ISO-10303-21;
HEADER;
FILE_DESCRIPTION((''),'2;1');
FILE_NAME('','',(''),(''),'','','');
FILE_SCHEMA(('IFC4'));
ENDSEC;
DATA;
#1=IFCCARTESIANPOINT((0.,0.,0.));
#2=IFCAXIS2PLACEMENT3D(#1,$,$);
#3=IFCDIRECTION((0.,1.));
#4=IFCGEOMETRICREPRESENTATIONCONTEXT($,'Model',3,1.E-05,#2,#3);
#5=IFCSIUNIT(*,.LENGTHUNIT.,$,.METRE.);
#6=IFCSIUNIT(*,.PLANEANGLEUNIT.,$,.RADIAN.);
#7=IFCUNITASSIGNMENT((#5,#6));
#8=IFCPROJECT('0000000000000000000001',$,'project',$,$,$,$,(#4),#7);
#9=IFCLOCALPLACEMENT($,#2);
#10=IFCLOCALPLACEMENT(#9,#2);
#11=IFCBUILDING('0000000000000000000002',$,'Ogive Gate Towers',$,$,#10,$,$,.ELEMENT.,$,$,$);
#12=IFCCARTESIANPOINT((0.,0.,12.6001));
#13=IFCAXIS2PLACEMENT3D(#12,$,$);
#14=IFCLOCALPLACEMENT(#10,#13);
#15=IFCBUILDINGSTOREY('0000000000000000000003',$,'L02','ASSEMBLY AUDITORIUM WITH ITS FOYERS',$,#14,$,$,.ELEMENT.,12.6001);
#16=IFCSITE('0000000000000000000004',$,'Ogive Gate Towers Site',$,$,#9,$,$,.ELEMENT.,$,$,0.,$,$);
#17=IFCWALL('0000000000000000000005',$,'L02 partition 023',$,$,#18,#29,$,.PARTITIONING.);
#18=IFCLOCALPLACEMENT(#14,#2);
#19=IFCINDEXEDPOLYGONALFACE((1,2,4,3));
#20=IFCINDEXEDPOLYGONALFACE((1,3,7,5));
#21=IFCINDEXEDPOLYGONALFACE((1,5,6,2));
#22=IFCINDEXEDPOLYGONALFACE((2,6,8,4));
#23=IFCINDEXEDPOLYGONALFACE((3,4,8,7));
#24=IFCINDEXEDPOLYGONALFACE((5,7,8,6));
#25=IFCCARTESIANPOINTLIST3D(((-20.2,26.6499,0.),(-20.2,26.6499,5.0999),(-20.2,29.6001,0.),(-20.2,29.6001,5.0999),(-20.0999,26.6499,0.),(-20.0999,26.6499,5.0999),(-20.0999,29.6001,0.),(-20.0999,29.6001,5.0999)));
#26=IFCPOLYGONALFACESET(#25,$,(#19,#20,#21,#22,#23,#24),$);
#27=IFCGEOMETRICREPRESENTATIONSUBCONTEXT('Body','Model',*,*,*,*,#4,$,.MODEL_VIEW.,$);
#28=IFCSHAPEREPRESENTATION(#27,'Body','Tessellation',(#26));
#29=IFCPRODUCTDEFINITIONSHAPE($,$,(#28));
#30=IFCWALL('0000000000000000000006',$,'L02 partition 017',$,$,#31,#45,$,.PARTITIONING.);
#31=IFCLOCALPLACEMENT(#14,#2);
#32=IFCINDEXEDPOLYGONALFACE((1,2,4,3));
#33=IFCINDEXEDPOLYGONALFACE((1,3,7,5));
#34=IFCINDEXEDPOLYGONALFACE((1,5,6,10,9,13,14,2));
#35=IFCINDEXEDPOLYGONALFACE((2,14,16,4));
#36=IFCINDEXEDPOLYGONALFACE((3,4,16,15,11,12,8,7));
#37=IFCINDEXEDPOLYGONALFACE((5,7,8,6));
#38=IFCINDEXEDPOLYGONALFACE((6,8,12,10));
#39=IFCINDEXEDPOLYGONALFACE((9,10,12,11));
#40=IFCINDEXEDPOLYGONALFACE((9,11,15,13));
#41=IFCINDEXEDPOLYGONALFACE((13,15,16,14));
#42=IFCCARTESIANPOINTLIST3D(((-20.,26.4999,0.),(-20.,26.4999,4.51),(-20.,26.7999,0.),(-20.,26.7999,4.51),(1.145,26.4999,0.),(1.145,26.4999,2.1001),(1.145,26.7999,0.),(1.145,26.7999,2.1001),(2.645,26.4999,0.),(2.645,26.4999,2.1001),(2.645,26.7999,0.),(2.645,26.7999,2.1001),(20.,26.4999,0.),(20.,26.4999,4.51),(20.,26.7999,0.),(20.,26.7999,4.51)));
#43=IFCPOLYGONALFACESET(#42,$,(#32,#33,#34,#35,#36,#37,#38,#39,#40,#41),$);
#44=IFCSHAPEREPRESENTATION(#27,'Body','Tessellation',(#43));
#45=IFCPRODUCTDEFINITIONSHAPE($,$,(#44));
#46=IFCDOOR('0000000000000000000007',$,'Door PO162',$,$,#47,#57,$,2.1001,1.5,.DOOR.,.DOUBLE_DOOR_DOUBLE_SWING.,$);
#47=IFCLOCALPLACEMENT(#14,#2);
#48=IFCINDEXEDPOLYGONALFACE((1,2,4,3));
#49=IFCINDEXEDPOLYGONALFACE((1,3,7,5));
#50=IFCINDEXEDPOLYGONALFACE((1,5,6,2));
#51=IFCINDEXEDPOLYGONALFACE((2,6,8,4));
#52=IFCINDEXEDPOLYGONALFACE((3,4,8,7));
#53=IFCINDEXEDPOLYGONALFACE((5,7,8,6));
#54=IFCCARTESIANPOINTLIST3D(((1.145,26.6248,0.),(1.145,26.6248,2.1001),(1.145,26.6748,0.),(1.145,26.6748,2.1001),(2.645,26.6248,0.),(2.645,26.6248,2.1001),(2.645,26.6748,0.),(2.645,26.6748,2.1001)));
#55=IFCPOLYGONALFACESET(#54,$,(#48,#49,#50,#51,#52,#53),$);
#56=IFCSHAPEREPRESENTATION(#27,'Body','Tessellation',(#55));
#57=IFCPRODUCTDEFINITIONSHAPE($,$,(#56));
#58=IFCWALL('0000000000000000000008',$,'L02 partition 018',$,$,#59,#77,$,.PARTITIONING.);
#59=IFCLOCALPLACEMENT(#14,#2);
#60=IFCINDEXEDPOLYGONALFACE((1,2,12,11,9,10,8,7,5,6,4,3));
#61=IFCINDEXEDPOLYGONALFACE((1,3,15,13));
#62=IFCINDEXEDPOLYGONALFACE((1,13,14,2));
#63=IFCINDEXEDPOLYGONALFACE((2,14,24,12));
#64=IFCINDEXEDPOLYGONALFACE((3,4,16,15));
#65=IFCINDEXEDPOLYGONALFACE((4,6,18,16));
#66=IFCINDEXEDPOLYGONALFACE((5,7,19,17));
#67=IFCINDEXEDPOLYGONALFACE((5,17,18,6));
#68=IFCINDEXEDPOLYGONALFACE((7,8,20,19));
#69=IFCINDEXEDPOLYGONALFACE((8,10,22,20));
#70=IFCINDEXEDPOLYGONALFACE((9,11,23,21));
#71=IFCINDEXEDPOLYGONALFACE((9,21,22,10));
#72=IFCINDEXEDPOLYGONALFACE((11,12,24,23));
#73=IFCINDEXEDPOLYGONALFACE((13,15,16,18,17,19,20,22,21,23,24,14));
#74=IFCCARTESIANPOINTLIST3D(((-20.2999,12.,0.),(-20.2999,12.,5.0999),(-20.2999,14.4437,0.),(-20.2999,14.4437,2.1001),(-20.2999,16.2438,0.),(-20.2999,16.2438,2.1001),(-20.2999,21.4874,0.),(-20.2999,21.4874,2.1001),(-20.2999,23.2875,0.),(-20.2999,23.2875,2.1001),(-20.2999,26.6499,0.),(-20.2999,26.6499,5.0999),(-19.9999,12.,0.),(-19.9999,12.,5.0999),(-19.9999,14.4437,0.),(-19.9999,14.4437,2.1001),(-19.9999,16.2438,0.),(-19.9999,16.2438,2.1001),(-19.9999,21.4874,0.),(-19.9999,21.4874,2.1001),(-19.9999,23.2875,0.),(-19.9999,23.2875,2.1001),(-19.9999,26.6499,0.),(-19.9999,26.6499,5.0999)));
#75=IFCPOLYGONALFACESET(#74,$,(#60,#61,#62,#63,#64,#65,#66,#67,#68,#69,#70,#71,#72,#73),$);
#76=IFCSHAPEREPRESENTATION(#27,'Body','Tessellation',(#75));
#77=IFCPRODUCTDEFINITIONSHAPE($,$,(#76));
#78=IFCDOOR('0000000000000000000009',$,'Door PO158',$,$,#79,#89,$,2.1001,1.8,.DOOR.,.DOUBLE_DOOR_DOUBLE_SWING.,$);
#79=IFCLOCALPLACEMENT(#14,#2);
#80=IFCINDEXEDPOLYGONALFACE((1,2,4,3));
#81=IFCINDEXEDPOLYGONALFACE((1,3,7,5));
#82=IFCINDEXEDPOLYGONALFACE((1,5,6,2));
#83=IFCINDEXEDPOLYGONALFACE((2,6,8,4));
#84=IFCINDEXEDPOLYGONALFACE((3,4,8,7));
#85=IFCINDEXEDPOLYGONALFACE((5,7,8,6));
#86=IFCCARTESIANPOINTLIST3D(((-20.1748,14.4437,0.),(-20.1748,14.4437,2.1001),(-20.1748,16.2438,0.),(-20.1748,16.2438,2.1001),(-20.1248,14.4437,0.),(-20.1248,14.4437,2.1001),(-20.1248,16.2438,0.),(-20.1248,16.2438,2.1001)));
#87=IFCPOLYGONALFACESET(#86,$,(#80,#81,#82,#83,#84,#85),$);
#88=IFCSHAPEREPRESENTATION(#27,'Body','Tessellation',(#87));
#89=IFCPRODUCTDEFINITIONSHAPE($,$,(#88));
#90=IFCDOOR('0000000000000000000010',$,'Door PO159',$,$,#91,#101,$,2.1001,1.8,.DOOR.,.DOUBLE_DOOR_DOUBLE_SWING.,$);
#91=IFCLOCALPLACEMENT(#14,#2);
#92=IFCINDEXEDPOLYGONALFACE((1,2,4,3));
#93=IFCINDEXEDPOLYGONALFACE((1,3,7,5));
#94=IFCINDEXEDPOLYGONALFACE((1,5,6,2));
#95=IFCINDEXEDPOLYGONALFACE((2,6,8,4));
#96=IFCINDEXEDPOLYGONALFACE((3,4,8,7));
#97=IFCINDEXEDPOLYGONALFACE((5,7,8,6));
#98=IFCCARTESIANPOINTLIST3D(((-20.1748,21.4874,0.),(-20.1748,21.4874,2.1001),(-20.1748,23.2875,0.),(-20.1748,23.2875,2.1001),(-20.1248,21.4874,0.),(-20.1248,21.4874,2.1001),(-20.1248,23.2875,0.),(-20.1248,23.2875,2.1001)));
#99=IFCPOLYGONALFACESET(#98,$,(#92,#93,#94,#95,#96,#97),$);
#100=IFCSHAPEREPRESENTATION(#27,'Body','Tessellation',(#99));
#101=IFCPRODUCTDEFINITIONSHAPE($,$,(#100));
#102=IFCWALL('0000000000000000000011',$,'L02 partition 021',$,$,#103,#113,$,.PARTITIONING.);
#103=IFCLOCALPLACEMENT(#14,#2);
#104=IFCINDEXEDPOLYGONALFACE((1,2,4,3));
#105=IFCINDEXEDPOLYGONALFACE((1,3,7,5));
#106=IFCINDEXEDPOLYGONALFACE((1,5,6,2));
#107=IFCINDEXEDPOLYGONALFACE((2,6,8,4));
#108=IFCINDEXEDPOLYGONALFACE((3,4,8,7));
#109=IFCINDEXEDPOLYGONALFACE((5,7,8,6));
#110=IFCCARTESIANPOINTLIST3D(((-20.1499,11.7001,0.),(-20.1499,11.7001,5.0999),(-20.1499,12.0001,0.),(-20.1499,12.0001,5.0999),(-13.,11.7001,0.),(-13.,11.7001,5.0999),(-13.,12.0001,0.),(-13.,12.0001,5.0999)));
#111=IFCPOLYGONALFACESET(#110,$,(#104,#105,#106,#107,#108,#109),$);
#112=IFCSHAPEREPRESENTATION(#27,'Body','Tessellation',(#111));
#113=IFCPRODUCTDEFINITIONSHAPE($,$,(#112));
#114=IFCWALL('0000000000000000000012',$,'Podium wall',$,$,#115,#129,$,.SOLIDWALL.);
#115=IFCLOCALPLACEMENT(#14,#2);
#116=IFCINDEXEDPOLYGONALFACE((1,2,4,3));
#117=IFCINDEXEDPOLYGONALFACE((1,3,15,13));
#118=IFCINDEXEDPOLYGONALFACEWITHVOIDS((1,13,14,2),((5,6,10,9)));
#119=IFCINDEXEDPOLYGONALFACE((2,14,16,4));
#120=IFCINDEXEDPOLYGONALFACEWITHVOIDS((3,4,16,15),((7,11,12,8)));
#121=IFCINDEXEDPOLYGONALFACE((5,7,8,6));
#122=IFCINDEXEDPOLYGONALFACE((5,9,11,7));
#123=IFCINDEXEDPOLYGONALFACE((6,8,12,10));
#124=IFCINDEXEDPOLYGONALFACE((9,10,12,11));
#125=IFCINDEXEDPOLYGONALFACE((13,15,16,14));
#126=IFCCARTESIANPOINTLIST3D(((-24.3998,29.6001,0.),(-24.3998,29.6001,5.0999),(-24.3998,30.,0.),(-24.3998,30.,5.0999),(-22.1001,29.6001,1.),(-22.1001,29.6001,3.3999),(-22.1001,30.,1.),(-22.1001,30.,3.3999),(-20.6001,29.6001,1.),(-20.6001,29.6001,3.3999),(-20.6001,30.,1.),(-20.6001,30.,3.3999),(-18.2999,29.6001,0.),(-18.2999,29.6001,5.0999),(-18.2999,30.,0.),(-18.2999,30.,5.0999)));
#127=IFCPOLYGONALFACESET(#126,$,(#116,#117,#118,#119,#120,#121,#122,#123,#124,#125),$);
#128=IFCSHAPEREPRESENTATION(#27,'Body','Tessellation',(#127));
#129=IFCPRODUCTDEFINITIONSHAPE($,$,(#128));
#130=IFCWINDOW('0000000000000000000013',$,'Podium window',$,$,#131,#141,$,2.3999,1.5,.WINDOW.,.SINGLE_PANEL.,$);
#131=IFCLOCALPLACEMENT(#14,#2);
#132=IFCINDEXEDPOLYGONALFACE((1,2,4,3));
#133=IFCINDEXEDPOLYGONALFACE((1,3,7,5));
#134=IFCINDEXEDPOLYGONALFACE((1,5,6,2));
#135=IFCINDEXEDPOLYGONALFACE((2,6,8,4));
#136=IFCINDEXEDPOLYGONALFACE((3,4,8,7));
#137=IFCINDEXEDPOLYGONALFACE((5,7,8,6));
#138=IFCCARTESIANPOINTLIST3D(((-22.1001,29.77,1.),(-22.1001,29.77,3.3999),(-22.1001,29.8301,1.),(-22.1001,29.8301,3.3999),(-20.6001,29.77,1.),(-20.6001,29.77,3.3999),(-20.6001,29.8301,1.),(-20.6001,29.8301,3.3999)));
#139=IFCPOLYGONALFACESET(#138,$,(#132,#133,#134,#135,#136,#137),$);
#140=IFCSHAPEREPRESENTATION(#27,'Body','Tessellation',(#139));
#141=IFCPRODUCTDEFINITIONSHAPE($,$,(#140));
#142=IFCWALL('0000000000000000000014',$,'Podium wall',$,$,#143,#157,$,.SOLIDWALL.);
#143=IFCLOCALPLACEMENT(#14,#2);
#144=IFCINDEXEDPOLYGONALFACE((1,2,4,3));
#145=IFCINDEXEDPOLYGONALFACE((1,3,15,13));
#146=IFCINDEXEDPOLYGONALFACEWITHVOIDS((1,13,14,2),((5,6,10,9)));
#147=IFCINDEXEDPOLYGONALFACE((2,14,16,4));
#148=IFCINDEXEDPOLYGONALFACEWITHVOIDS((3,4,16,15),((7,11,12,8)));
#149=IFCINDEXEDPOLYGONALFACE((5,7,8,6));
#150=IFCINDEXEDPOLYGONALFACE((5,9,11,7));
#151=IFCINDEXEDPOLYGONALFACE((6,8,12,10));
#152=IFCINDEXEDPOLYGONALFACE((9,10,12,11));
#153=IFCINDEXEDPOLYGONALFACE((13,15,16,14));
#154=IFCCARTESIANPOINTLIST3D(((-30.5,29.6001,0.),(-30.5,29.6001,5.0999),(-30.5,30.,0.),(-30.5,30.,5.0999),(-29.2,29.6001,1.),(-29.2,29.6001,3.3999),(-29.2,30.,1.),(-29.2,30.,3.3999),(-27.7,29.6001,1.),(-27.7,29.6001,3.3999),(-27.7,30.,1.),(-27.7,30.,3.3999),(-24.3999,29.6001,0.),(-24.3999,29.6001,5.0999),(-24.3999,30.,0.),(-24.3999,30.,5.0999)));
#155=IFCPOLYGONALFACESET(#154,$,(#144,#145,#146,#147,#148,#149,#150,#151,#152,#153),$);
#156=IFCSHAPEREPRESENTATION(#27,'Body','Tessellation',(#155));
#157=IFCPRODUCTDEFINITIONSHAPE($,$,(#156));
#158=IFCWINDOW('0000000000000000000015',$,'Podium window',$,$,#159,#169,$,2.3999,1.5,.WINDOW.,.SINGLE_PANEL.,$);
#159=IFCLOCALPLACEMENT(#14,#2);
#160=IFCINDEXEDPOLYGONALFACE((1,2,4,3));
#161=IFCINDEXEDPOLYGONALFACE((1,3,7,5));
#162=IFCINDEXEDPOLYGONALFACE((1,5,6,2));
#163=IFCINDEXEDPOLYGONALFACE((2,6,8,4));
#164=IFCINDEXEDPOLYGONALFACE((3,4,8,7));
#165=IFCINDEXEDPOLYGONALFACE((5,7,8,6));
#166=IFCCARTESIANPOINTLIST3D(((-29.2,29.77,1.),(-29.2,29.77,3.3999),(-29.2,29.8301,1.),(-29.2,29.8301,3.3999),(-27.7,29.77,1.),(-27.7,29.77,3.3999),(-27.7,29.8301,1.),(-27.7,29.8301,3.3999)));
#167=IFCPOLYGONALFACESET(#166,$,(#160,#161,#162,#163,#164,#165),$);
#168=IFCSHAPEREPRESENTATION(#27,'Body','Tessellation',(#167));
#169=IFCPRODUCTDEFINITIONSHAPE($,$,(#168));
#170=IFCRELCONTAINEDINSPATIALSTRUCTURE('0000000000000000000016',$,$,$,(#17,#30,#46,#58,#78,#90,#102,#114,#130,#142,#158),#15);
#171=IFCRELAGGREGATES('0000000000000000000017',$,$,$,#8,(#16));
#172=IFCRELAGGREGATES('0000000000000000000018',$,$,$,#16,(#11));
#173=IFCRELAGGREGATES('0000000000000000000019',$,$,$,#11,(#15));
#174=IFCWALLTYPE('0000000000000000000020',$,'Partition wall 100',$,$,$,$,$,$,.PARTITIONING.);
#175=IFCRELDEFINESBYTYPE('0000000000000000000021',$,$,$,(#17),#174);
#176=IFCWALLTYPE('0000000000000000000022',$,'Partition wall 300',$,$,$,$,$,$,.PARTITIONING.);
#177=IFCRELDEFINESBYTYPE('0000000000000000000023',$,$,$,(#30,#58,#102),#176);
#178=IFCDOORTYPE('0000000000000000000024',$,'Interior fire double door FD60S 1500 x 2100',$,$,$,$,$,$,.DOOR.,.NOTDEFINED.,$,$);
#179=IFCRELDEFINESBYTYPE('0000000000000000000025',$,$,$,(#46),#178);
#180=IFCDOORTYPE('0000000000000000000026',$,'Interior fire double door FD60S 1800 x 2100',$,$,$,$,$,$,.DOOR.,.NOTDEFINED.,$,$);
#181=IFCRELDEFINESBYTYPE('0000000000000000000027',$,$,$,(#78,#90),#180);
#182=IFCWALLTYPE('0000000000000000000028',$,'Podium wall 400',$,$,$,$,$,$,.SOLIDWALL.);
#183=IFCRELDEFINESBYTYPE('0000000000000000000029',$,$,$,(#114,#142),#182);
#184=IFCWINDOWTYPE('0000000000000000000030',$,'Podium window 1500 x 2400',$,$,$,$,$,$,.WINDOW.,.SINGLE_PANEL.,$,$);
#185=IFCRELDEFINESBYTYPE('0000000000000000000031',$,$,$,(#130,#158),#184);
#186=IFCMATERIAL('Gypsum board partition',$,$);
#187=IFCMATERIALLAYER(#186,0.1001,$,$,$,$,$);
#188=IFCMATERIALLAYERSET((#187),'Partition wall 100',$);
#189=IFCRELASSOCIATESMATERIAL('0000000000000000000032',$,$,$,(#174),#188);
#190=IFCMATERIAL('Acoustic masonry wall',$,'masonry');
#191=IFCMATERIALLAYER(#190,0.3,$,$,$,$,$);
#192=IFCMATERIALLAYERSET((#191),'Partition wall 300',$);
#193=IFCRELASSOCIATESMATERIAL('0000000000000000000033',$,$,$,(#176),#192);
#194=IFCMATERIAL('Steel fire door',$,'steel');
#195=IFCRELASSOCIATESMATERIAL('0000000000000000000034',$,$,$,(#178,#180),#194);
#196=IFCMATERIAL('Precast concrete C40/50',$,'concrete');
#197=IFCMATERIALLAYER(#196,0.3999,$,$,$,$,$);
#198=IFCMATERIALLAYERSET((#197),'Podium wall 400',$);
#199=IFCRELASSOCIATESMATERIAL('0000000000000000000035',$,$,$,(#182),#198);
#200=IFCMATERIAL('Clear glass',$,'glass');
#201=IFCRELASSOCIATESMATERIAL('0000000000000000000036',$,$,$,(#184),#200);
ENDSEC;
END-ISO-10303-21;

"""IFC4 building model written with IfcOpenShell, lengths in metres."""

from ifc_helpers import new_model, si_unit, direction, frame, frame_2d, origin, place, context, subcontext, project, spatial, rectangle, extrude, material, layer, layer_set, type_object, element, fill, save


model = new_model("IFC4")

# Units and contexts
model_context = context("Model", 3, precision=1e-05, world=origin(), true_north=direction((0.0, 1.0)))
body_context = subcontext(model_context, "Body", "Model", "MODEL_VIEW")
ifc_project = project(units=[si_unit("LENGTHUNIT", "METRE"), si_unit("PLANEANGLEUNIT", "RADIAN")], contexts=[model_context])

# Site, building, storey
site_placement = place(None, origin())
site = spatial("IfcSite", under=ifc_project, at=site_placement, Name="Ogive Gate Towers Site", CompositionType="ELEMENT", RefElevation=0.0)
building_placement = place(site_placement, origin())
building = spatial("IfcBuilding", under=site, at=building_placement, Name="Ogive Gate Towers", CompositionType="ELEMENT")
storey_placement = place(building_placement, frame((0.0, 0.0, 12.6001)))
storey = spatial("IfcBuildingStorey", under=building, at=storey_placement, Name="L02", Description="ASSEMBLY AUDITORIUM WITH ITS FOYERS", CompositionType="ELEMENT", Elevation=12.6001)

# Wall
ifc_material_1 = material(Name="Gypsum board partition")
ifc_layer_1 = layer(ifc_material_1, 0.1001)
ifc_layer_set_1 = layer_set([ifc_layer_1], Name="Partition wall 100")
wall_type_1 = type_object("IfcWallType", Name="Partition wall 100", PredefinedType="PARTITIONING", material=ifc_layer_set_1)
wall_1_placement = place(storey_placement, frame((-20.1499, 26.6499, 0.0), z_axis=(0.0, 0.0, 1.0), x_axis=(0.0, 1.0, 0.0)))
element("IfcWall", 1, at=wall_1_placement, inside=storey, type_object=wall_type_1, Name="L02 partition 023", PredefinedType="PARTITIONING", context=body_context, shape_type="SweptSolid", body=[
    extrude(rectangle(XDim=2.9502, YDim=0.1001, at=frame_2d((1.4751, 0.0))), origin(), (0.0, 0.0, 1.0), 5.0999),
])

# Wall, opening, door
ifc_material_2 = material(Name="Acoustic masonry wall", Category="masonry")
ifc_layer_2 = layer(ifc_material_2, 0.3)
ifc_layer_set_2 = layer_set([ifc_layer_2], Name="Partition wall 300")
wall_type_2 = type_object("IfcWallType", Name="Partition wall 300", PredefinedType="PARTITIONING", material=ifc_layer_set_2)
wall_2_placement = place(storey_placement, frame((-20.0, 26.6499, 0.0), z_axis=(0.0, 0.0, 1.0), x_axis=(1.0, 0.0, 0.0)))
wall_2 = element("IfcWall", 2, at=wall_2_placement, inside=storey, type_object=wall_type_2, Name="L02 partition 017", PredefinedType="PARTITIONING", context=body_context, shape_type="SweptSolid", body=[
    extrude(rectangle(XDim=40.0, YDim=0.3, at=frame_2d((20.0, 0.0))), origin(), (0.0, 0.0, 1.0), 4.51),
])
opening_1_placement = place(wall_2_placement, frame((21.145, 0.0, 0.0)))
opening_1 = element("IfcOpeningElement", 3, at=opening_1_placement, cuts=wall_2, PredefinedType="OPENING", context=body_context, shape_type="SweptSolid", body=[
    extrude(rectangle(XDim=1.5, YDim=2.1001, at=frame_2d((0.75, 1.05))), frame((0.0, 0.1602, 0.0), z_axis=(0.0, -1.0, 0.0), x_axis=(1.0, 0.0, 0.0)), (0.0, 0.0, 1.0), 0.3201),
])
ifc_material_3 = material(Name="Steel fire door", Category="steel")
door_type_1 = type_object("IfcDoorType", Name="Interior fire double door FD60S 1500 x 2100", OperationType="NOTDEFINED", PredefinedType="DOOR", material=ifc_material_3)
door_1_placement = place(opening_1_placement, origin())
door_1 = element("IfcDoor", 4, at=door_1_placement, inside=storey, type_object=door_type_1, Name="Door PO162", OperationType="DOUBLE_DOOR_DOUBLE_SWING", OverallHeight=2.1001, OverallWidth=1.5, PredefinedType="DOOR", context=body_context, shape_type="SweptSolid", body=[
    extrude(rectangle(XDim=1.5, YDim=2.1001, at=frame_2d((0.75, 1.05))), frame((0.0, 0.0249, 0.0), z_axis=(0.0, -1.0, 0.0), x_axis=(1.0, 0.0, 0.0)), (0.0, 0.0, 1.0), 0.05),
])
fill(opening_1, door_1)

# Wall, openings, doors
wall_3_placement = place(storey_placement, frame((-20.1499, 12.0, 0.0), z_axis=(0.0, 0.0, 1.0), x_axis=(0.0, 1.0, 0.0)))
wall_3 = element("IfcWall", 5, at=wall_3_placement, inside=storey, type_object=wall_type_2, Name="L02 partition 018", PredefinedType="PARTITIONING", context=body_context, shape_type="SweptSolid", body=[
    extrude(rectangle(XDim=14.6499, YDim=0.3, at=frame_2d((7.325, 0.0))), origin(), (0.0, 0.0, 1.0), 5.0999),
])
opening_2_placement = place(wall_3_placement, frame((2.4438, 0.0, 0.0)))
opening_2 = element("IfcOpeningElement", 6, at=opening_2_placement, cuts=wall_3, PredefinedType="OPENING", context=body_context, shape_type="SweptSolid", body=[
    extrude(rectangle(XDim=1.8, YDim=2.1001, at=frame_2d((0.8999, 1.05))), frame((0.0, 0.1602, 0.0), z_axis=(0.0, -1.0, 0.0), x_axis=(1.0, 0.0, 0.0)), (0.0, 0.0, 1.0), 0.3201),
])
opening_3_placement = place(wall_3_placement, frame((9.4875, 0.0, 0.0)))
opening_3 = element("IfcOpeningElement", 7, at=opening_3_placement, cuts=wall_3, PredefinedType="OPENING", context=body_context, shape_type="SweptSolid", body=[
    extrude(rectangle(XDim=1.8, YDim=2.1001, at=frame_2d((0.8999, 1.05))), frame((0.0, 0.1602, 0.0), z_axis=(0.0, -1.0, 0.0), x_axis=(1.0, 0.0, 0.0)), (0.0, 0.0, 1.0), 0.3201),
])
door_type_2 = type_object("IfcDoorType", Name="Interior fire double door FD60S 1800 x 2100", OperationType="NOTDEFINED", PredefinedType="DOOR", material=ifc_material_3)
door_2_placement = place(opening_2_placement, origin())
door_2 = element("IfcDoor", 8, at=door_2_placement, inside=storey, type_object=door_type_2, Name="Door PO158", OperationType="DOUBLE_DOOR_DOUBLE_SWING", OverallHeight=2.1001, OverallWidth=1.8, PredefinedType="DOOR", context=body_context, shape_type="SweptSolid", body=[
    extrude(rectangle(XDim=1.8, YDim=2.1001, at=frame_2d((0.8999, 1.05))), frame((0.0, 0.0249, 0.0), z_axis=(0.0, -1.0, 0.0), x_axis=(1.0, 0.0, 0.0)), (0.0, 0.0, 1.0), 0.05),
])
fill(opening_2, door_2)
door_3_placement = place(opening_3_placement, origin())
door_3 = element("IfcDoor", 9, at=door_3_placement, inside=storey, type_object=door_type_2, Name="Door PO159", OperationType="DOUBLE_DOOR_DOUBLE_SWING", OverallHeight=2.1001, OverallWidth=1.8, PredefinedType="DOOR", context=body_context, shape_type="SweptSolid", body=[
    extrude(rectangle(XDim=1.8, YDim=2.1001, at=frame_2d((0.8999, 1.05))), frame((0.0, 0.0249, 0.0), z_axis=(0.0, -1.0, 0.0), x_axis=(1.0, 0.0, 0.0)), (0.0, 0.0, 1.0), 0.05),
])
fill(opening_3, door_3)

# Wall
wall_4_placement = place(storey_placement, frame((-20.1499, 11.8501, 0.0), z_axis=(0.0, 0.0, 1.0), x_axis=(1.0, 0.0, 0.0)))
element("IfcWall", 10, at=wall_4_placement, inside=storey, type_object=wall_type_2, Name="L02 partition 021", PredefinedType="PARTITIONING", context=body_context, shape_type="SweptSolid", body=[
    extrude(rectangle(XDim=7.1499, YDim=0.3, at=frame_2d((3.575, 0.0))), origin(), (0.0, 0.0, 1.0), 5.0999),
])

# Walls, openings, windows
ifc_material_4 = material(Name="Precast concrete C40/50", Category="concrete")
ifc_layer_3 = layer(ifc_material_4, 0.3999)
ifc_layer_set_3 = layer_set([ifc_layer_3], Name="Podium wall 400")
wall_type_3 = type_object("IfcWallType", Name="Podium wall 400", PredefinedType="SOLIDWALL", material=ifc_layer_set_3)
wall_5_placement = place(storey_placement, frame((-18.3, 29.8, 0.0), z_axis=(0.0, 0.0, 1.0), x_axis=(-1.0, 0.0, 0.0)))
wall_5 = element("IfcWall", 11, at=wall_5_placement, inside=storey, type_object=wall_type_3, Name="Podium wall", PredefinedType="SOLIDWALL", context=body_context, shape_type="SweptSolid", body=[
    extrude(rectangle(XDim=6.0999, YDim=0.3999, at=frame_2d((3.0498, 0.0))), origin(), (0.0, 0.0, 1.0), 5.0999),
])
opening_4_placement = place(wall_5_placement, frame((2.3, 0.0, 1.0)))
opening_4 = element("IfcOpeningElement", 12, at=opening_4_placement, cuts=wall_5, PredefinedType="OPENING", context=body_context, shape_type="SweptSolid", body=[
    extrude(rectangle(XDim=1.5, YDim=2.3999, at=frame_2d((0.75, 1.2))), frame((0.0, 0.21, 0.0), z_axis=(0.0, -1.0, 0.0), x_axis=(1.0, 0.0, 0.0)), (0.0, 0.0, 1.0), 0.4199),
])
ifc_material_5 = material(Name="Clear glass", Category="glass")
window_type = type_object("IfcWindowType", Name="Podium window 1500 x 2400", PartitioningType="SINGLE_PANEL", PredefinedType="WINDOW", material=ifc_material_5)
window_1_placement = place(opening_4_placement, origin())
window_1 = element("IfcWindow", 13, at=window_1_placement, inside=storey, type_object=window_type, Name="Podium window", OverallHeight=2.3999, OverallWidth=1.5, PartitioningType="SINGLE_PANEL", PredefinedType="WINDOW", context=body_context, shape_type="SweptSolid", body=[
    extrude(rectangle(XDim=1.5, YDim=2.3999, at=frame_2d((0.75, 1.2))), frame((0.0, 0.03, 0.0), z_axis=(0.0, -1.0, 0.0), x_axis=(1.0, 0.0, 0.0)), (0.0, 0.0, 1.0), 0.0601),
])
fill(opening_4, window_1)
wall_6_placement = place(storey_placement, frame((-24.3999, 29.8, 0.0), z_axis=(0.0, 0.0, 1.0), x_axis=(-1.0, 0.0, 0.0)))
wall_6 = element("IfcWall", 14, at=wall_6_placement, inside=storey, type_object=wall_type_3, Name="Podium wall", PredefinedType="SOLIDWALL", context=body_context, shape_type="SweptSolid", body=[
    extrude(rectangle(XDim=6.1001, YDim=0.3999, at=frame_2d((3.05, 0.0))), origin(), (0.0, 0.0, 1.0), 5.0999),
])
opening_5_placement = place(wall_6_placement, frame((3.3, 0.0, 1.0)))
opening_5 = element("IfcOpeningElement", 15, at=opening_5_placement, cuts=wall_6, PredefinedType="OPENING", context=body_context, shape_type="SweptSolid", body=[
    extrude(rectangle(XDim=1.5, YDim=2.3999, at=frame_2d((0.75, 1.2))), frame((0.0, 0.21, 0.0), z_axis=(0.0, -1.0, 0.0), x_axis=(1.0, 0.0, 0.0)), (0.0, 0.0, 1.0), 0.4199),
])
window_2_placement = place(opening_5_placement, origin())
window_2 = element("IfcWindow", 16, at=window_2_placement, inside=storey, type_object=window_type, Name="Podium window", OverallHeight=2.3999, OverallWidth=1.5, PartitioningType="SINGLE_PANEL", PredefinedType="WINDOW", context=body_context, shape_type="SweptSolid", body=[
    extrude(rectangle(XDim=1.5, YDim=2.3999, at=frame_2d((0.75, 1.2))), frame((0.0, 0.03, 0.0), z_axis=(0.0, -1.0, 0.0), x_axis=(1.0, 0.0, 0.0)), (0.0, 0.0, 1.0), 0.0601),
])
fill(opening_5, window_2)

save(model, "model.ifc")
